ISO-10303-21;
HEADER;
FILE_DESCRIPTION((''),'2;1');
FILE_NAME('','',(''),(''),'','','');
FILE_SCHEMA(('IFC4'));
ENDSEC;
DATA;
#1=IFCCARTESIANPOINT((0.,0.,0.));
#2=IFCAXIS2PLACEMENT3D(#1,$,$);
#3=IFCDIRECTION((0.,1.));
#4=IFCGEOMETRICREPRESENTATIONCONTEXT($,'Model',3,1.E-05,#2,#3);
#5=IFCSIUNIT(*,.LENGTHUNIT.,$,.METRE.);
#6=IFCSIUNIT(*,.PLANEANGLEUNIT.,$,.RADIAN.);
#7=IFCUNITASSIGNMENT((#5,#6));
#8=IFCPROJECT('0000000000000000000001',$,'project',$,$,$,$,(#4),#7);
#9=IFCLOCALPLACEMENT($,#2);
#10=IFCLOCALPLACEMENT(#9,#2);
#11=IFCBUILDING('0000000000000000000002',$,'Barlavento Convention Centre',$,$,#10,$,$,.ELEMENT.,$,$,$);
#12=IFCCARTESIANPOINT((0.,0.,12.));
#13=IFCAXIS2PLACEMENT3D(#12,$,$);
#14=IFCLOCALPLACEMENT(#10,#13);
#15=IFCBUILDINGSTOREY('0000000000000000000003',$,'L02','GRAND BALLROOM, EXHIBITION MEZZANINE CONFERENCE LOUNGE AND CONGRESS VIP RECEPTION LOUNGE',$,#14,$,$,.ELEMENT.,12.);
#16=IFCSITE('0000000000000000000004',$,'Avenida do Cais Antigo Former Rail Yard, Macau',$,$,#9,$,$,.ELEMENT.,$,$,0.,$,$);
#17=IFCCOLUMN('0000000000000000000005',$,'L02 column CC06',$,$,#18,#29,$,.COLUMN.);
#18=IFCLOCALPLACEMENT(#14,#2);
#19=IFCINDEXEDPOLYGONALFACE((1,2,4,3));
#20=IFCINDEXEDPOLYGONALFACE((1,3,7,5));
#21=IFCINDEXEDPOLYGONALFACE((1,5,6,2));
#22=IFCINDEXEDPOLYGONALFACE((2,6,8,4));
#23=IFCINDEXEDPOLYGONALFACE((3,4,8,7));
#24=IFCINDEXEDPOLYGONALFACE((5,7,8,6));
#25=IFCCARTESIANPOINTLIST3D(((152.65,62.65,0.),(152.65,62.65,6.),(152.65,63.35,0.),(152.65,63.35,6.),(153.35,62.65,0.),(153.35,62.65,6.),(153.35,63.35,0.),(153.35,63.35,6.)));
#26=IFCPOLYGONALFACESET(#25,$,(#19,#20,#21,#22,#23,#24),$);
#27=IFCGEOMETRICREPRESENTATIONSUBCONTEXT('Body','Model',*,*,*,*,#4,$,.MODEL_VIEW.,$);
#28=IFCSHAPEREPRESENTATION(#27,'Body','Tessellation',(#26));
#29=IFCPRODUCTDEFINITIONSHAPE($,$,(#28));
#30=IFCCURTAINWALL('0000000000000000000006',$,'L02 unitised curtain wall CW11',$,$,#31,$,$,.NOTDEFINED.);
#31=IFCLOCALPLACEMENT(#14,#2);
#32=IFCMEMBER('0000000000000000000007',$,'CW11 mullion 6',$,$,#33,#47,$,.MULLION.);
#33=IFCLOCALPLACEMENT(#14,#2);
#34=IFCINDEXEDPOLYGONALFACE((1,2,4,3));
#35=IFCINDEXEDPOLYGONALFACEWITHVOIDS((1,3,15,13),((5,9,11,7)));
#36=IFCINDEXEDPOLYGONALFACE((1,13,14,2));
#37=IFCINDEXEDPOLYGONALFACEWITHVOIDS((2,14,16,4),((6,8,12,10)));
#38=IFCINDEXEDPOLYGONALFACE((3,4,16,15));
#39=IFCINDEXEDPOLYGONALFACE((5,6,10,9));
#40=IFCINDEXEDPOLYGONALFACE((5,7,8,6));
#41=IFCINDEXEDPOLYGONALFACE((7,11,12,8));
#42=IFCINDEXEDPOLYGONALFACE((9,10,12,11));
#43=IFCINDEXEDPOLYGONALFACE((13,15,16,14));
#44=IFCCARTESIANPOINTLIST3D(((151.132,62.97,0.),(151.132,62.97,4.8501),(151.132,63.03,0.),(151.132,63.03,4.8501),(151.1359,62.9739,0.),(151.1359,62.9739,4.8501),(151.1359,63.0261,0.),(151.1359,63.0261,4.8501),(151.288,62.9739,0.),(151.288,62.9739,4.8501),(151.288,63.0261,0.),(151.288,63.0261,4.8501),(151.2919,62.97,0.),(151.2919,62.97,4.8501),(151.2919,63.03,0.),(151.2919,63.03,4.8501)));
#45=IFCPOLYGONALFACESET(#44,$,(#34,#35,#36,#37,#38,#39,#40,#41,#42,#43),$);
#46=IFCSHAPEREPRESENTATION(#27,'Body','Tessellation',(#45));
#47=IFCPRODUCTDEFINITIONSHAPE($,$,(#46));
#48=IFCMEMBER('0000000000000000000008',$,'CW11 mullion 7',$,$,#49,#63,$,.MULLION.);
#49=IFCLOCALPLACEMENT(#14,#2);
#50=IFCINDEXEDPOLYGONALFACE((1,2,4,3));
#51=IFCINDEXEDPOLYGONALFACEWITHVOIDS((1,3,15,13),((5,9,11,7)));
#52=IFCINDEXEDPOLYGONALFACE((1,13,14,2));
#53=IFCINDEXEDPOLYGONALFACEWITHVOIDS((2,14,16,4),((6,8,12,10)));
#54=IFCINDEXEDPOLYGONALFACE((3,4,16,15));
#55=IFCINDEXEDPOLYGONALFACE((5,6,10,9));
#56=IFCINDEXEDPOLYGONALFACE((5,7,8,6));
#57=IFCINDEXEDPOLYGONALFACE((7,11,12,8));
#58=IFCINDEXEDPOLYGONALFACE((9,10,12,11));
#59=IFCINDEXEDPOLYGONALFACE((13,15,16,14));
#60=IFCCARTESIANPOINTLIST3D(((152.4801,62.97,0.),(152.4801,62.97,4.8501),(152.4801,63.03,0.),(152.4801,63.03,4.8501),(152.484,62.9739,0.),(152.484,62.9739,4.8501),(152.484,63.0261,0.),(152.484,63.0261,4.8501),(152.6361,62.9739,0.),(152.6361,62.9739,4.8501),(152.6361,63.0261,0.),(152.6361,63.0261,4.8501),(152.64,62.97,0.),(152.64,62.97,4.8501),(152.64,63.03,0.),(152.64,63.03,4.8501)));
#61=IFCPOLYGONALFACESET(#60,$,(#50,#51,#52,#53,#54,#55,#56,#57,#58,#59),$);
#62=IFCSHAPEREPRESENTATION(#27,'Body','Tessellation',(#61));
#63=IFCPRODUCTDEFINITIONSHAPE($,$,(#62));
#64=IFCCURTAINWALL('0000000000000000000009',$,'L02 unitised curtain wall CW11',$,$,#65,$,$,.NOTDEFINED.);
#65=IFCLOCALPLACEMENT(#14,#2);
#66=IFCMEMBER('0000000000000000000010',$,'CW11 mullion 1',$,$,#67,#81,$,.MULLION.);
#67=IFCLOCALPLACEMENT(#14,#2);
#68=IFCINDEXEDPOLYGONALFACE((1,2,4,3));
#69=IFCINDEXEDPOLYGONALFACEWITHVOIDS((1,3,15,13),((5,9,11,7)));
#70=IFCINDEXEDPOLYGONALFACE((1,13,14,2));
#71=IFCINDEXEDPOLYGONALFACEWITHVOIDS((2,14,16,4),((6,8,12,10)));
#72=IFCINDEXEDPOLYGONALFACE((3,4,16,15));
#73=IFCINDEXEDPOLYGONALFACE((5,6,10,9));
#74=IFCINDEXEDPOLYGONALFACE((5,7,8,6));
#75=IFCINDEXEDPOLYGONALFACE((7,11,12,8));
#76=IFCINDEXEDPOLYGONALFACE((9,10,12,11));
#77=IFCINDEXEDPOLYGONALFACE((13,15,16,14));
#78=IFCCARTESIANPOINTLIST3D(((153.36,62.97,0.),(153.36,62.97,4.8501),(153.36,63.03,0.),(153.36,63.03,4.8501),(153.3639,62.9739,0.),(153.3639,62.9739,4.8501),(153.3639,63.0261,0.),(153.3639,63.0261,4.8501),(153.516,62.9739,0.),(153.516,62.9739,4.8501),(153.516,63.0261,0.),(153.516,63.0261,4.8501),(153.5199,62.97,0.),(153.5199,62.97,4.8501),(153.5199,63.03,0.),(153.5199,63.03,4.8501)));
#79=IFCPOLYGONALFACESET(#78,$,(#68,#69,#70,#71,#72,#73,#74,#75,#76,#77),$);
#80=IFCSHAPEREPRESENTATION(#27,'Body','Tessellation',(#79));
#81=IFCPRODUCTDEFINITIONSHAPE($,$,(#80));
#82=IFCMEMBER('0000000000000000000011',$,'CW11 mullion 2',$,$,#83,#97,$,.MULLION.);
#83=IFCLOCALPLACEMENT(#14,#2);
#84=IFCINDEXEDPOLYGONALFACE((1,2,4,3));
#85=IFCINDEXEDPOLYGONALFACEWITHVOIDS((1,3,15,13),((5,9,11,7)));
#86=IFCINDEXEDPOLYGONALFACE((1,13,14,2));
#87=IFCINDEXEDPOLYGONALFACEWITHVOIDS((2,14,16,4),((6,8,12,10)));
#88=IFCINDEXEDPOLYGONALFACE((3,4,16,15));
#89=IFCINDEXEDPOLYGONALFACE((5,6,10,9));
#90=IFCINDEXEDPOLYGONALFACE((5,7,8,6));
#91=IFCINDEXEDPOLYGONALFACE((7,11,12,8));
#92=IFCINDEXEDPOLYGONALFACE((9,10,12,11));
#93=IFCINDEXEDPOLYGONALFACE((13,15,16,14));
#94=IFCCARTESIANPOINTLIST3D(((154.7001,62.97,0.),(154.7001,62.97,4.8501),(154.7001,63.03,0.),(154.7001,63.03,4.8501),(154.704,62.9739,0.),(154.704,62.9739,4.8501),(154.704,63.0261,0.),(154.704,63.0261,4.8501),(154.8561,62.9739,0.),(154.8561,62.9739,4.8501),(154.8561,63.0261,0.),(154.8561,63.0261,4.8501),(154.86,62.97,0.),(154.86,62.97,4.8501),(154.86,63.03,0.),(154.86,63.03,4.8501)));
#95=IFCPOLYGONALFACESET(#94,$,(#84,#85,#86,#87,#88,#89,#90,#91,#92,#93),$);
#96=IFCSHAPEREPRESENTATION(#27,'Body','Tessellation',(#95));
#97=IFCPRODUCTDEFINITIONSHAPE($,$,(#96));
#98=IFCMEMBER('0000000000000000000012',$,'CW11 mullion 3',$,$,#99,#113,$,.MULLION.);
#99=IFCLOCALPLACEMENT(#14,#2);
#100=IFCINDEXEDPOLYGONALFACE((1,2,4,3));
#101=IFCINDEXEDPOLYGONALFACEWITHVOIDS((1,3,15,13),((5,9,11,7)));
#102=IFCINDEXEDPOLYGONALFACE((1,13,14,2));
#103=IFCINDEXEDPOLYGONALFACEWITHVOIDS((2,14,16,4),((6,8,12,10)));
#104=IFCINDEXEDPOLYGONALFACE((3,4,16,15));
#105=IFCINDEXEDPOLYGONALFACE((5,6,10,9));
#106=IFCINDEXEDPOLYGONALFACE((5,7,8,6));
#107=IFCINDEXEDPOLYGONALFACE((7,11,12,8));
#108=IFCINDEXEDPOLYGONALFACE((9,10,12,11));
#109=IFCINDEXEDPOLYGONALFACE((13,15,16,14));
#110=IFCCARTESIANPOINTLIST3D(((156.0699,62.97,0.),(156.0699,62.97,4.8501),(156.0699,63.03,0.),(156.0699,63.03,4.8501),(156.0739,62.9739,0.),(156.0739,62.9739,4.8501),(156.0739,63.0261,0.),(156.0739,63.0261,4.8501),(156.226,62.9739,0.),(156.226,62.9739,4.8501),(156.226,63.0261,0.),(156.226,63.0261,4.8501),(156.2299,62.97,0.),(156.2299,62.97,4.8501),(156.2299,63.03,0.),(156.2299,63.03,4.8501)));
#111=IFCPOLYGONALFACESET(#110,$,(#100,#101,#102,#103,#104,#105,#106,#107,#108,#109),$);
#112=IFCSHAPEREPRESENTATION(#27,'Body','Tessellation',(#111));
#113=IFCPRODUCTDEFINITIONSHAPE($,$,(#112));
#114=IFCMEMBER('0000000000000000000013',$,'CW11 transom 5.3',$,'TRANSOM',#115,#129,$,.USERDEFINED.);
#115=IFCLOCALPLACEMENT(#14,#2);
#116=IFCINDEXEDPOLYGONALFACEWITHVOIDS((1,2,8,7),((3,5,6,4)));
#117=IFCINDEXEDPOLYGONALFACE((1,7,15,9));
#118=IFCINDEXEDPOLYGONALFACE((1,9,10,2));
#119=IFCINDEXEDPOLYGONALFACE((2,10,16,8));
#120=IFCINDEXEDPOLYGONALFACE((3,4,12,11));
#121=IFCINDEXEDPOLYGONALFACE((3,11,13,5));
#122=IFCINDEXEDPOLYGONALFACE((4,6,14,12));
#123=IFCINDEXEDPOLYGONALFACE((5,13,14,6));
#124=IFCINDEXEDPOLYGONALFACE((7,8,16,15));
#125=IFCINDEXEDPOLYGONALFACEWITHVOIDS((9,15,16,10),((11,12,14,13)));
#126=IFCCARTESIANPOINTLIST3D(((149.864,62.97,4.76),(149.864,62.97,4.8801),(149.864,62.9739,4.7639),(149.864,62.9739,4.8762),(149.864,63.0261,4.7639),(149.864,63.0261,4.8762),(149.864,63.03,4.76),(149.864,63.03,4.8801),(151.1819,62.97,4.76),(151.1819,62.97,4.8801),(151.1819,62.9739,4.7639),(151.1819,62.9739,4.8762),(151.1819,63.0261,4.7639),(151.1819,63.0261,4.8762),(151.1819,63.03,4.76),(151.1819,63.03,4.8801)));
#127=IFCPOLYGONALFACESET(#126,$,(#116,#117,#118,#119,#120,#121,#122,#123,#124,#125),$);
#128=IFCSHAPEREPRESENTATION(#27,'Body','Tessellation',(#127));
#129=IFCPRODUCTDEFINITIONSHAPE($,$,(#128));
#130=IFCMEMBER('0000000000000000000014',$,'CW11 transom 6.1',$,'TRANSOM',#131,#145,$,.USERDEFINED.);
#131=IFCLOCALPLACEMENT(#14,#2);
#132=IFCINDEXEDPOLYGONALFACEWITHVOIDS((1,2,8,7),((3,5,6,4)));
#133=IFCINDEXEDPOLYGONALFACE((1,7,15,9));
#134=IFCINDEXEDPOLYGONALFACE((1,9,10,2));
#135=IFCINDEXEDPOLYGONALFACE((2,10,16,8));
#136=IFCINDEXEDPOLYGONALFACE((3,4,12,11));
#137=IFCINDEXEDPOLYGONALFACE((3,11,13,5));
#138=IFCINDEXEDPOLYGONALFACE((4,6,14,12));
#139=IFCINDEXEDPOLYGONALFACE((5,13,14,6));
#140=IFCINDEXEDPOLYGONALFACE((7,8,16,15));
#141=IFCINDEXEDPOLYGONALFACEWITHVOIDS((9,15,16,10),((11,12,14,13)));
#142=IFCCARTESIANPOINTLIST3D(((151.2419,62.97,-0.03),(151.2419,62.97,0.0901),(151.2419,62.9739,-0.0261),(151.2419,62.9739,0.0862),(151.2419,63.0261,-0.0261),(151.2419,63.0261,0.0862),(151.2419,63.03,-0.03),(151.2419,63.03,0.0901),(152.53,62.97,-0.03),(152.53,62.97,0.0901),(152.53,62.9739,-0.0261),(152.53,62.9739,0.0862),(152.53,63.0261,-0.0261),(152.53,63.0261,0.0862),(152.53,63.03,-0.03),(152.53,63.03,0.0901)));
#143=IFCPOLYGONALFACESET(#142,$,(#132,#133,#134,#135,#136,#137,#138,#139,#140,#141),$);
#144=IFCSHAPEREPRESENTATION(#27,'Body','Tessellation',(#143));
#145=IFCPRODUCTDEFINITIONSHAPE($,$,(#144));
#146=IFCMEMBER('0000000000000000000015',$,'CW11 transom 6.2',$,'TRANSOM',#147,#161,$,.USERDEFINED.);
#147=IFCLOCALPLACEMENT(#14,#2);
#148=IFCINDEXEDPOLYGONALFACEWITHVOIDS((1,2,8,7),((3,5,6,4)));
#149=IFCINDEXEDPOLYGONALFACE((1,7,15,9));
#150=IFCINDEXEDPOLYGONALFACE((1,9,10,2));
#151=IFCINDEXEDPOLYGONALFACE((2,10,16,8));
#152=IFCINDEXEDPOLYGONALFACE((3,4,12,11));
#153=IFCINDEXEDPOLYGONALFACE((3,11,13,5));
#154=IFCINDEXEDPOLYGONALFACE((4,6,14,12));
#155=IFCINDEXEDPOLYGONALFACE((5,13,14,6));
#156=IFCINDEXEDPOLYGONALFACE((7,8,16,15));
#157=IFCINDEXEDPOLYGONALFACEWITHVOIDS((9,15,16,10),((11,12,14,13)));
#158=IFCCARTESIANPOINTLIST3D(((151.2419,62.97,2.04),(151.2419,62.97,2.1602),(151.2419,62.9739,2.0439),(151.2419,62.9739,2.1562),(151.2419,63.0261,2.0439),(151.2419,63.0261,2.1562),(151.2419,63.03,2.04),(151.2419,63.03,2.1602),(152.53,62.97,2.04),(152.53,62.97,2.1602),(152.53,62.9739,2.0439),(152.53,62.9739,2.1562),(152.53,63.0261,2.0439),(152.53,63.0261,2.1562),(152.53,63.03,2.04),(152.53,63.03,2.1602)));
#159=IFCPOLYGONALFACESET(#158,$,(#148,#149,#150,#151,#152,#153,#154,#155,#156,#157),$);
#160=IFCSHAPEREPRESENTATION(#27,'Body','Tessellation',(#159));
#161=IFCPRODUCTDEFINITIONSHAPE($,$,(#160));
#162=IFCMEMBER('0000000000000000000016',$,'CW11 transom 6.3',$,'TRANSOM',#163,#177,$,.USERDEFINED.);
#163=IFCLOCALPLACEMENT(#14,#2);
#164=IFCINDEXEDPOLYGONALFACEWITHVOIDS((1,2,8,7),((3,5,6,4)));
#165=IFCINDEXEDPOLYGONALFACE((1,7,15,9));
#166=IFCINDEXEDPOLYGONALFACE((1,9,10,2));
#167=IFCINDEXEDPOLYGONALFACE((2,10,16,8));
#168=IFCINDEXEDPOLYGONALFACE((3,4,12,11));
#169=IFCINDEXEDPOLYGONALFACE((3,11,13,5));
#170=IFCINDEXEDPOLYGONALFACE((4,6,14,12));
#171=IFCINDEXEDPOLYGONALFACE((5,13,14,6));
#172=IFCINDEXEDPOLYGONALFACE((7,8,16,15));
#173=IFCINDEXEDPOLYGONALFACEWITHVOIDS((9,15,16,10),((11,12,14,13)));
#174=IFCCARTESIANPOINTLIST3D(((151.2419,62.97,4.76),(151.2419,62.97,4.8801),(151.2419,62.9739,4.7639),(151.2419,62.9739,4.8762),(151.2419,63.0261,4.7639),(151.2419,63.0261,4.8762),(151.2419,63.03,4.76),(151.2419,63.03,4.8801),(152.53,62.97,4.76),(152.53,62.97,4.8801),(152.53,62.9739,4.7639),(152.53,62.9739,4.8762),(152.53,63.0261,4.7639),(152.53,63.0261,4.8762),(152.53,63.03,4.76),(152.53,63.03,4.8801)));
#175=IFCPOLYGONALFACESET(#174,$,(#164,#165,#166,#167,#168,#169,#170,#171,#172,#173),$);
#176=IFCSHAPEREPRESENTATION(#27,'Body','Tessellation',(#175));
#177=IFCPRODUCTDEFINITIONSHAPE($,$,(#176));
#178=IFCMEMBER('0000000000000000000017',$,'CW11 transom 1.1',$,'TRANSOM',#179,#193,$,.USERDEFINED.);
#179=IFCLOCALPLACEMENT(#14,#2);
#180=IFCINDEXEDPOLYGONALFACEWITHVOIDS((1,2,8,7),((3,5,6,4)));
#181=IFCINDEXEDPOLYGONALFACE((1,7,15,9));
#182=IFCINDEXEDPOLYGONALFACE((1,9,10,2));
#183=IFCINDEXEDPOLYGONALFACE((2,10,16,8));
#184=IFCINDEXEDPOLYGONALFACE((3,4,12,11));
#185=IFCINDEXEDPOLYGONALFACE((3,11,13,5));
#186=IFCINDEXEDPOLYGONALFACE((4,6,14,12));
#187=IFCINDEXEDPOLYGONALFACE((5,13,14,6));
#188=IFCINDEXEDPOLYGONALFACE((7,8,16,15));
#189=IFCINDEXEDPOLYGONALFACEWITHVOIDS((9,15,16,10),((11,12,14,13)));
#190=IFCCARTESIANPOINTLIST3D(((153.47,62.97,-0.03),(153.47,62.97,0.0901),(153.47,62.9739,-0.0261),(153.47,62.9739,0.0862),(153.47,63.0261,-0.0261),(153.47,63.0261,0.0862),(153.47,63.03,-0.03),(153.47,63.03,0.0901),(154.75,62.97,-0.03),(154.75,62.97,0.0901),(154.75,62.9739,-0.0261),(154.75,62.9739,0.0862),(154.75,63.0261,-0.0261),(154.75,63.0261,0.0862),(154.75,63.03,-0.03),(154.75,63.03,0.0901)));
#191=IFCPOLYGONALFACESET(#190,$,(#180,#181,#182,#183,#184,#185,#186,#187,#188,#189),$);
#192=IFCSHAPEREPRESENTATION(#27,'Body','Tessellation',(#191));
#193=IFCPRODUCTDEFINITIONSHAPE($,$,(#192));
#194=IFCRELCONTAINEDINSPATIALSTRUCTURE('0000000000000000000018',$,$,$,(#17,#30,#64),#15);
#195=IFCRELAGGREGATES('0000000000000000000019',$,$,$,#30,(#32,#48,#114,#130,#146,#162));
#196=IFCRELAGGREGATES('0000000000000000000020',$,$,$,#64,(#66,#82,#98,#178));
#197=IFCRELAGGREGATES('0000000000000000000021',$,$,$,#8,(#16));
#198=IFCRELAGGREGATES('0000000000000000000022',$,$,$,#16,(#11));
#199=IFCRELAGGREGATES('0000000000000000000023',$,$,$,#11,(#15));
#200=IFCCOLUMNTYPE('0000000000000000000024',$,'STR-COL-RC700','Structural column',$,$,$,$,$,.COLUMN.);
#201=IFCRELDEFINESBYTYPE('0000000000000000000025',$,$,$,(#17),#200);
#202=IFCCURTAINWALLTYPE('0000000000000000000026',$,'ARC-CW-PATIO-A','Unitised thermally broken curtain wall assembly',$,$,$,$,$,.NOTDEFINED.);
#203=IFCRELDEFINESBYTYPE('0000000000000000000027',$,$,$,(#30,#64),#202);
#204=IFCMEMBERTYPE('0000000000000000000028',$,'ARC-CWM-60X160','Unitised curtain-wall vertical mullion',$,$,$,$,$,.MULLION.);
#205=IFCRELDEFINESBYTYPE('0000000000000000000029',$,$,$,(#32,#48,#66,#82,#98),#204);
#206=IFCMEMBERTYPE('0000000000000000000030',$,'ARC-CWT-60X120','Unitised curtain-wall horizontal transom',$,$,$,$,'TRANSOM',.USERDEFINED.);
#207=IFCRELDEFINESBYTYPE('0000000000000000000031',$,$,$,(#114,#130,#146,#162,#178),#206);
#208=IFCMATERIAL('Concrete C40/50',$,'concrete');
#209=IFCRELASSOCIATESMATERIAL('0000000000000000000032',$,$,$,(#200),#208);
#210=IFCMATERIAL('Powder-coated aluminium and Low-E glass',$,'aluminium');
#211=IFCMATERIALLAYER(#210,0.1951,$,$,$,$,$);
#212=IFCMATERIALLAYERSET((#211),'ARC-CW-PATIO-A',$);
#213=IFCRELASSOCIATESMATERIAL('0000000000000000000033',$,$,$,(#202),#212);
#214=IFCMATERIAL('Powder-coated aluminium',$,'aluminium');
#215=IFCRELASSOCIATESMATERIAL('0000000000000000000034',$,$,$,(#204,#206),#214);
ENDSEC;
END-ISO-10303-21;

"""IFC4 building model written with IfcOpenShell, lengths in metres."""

from ifc_helpers import new_model, si_unit, direction, frame, origin, origin_2d, place, context, subcontext, project, spatial, rectangle, hollow_rectangle, extrude, material, layer, layer_set, material_profile, profile_set, type_object, element, aggregate, save


model = new_model("IFC4")

# Units and contexts
model_context = context("Model", 3, precision=1e-05, world=origin(), true_north=direction((0.0, 1.0)))
body_context = subcontext(model_context, "Body", "Model", "MODEL_VIEW")
ifc_project = project(units=[si_unit("LENGTHUNIT", "METRE"), si_unit("PLANEANGLEUNIT", "RADIAN")], contexts=[model_context])

# Site, building, storey
site_placement = place(None, origin())
site = spatial("IfcSite", under=ifc_project, at=site_placement, Name="Avenida do Cais Antigo Former Rail Yard, Macau", CompositionType="ELEMENT", RefElevation=0.0)
building_placement = place(site_placement, origin())
building = spatial("IfcBuilding", under=site, at=building_placement, Name="Barlavento Convention Centre", CompositionType="ELEMENT")
storey_placement = place(building_placement, frame((0.0, 0.0, 12.0)))
storey = spatial("IfcBuildingStorey", under=building, at=storey_placement, Name="L02", Description="GRAND BALLROOM, EXHIBITION MEZZANINE CONFERENCE LOUNGE AND CONGRESS VIP RECEPTION LOUNGE", CompositionType="ELEMENT", Elevation=12.0)

# Column
ifc_material_1 = material(Name="Concrete C40/50", Category="concrete")
ifc_material_profile_1 = material_profile(ifc_material_1, rectangle(XDim=0.7, YDim=0.7, at=origin_2d()), Name="RC 700x700")
ifc_profile_set_1 = profile_set([ifc_material_profile_1], Name="Concrete C40/50")
column_type = type_object("IfcColumnType", Name="STR-COL-RC700", Description="Structural column", PredefinedType="COLUMN", material=ifc_profile_set_1)
column_placement = place(storey_placement, frame((153.0, 63.0, 0.0), z_axis=(0.0, 0.0, 1.0), x_axis=(1.0, 0.0, 0.0)))
element("IfcColumn", 1, at=column_placement, inside=storey, type_object=column_type, Name="L02 column CC06", PredefinedType="COLUMN", context=body_context, shape_type="SweptSolid", body=[
    extrude(rectangle(XDim=0.7, YDim=0.7, at=origin_2d()), origin(), (0.0, 0.0, 1.0), 6.0),
])

# Curtain walls, members
ifc_material_2 = material(Name="Powder-coated aluminium and Low-E glass", Category="aluminium")
ifc_layer_1 = layer(ifc_material_2, 0.1951)
ifc_layer_set_1 = layer_set([ifc_layer_1], Name="ARC-CW-PATIO-A")
curtain_wall_type = type_object("IfcCurtainWallType", Name="ARC-CW-PATIO-A", Description="Unitised thermally broken curtain wall assembly", PredefinedType="NOTDEFINED", material=ifc_layer_set_1)
curtain_wall_1_placement = place(storey_placement, origin())
curtain_wall_1 = element("IfcCurtainWall", 2, at=curtain_wall_1_placement, inside=storey, type_object=curtain_wall_type, Name="L02 unitised curtain wall CW11", PredefinedType="NOTDEFINED")
ifc_material_3 = material(Name="Powder-coated aluminium", Category="aluminium")
ifc_material_profile_2 = material_profile(ifc_material_3, hollow_rectangle(XDim=0.0601, YDim=0.1599, WallThickness=0.0039, at=origin_2d()), Name="AL-MULL 60x160x4")
ifc_profile_set_2 = profile_set([ifc_material_profile_2], Name="Powder-coated aluminium")
member_type_1 = type_object("IfcMemberType", Name="ARC-CWM-60X160", Description="Unitised curtain-wall vertical mullion", PredefinedType="MULLION", material=ifc_profile_set_2)
member_1_placement = place(storey_placement, frame((151.2119, 63.0, 0.0), z_axis=(0.0, 0.0, 1.0), x_axis=(0.0, 1.0, 0.0)))
member_1 = element("IfcMember", 3, at=member_1_placement, type_object=member_type_1, Name="CW11 mullion 6", PredefinedType="MULLION", context=body_context, shape_type="SweptSolid", body=[
    extrude(hollow_rectangle(XDim=0.0601, YDim=0.1599, WallThickness=0.0039, at=origin_2d()), origin(), (0.0, 0.0, 1.0), 4.8501),
])
member_2_placement = place(storey_placement, frame((152.5601, 63.0, 0.0), z_axis=(0.0, 0.0, 1.0), x_axis=(0.0, 1.0, 0.0)))
member_2 = element("IfcMember", 4, at=member_2_placement, type_object=member_type_1, Name="CW11 mullion 7", PredefinedType="MULLION", context=body_context, shape_type="SweptSolid", body=[
    extrude(hollow_rectangle(XDim=0.0601, YDim=0.1599, WallThickness=0.0039, at=origin_2d()), origin(), (0.0, 0.0, 1.0), 4.8501),
])
curtain_wall_2_placement = place(storey_placement, origin())
curtain_wall_2 = element("IfcCurtainWall", 5, at=curtain_wall_2_placement, inside=storey, type_object=curtain_wall_type, Name="L02 unitised curtain wall CW11", PredefinedType="NOTDEFINED")
member_3_placement = place(storey_placement, frame((153.4399, 63.0, 0.0), z_axis=(0.0, 0.0, 1.0), x_axis=(0.0, 1.0, 0.0)))
member_3 = element("IfcMember", 6, at=member_3_placement, type_object=member_type_1, Name="CW11 mullion 1", PredefinedType="MULLION", context=body_context, shape_type="SweptSolid", body=[
    extrude(hollow_rectangle(XDim=0.0601, YDim=0.1599, WallThickness=0.0039, at=origin_2d()), origin(), (0.0, 0.0, 1.0), 4.8501),
])
member_4_placement = place(storey_placement, frame((154.78, 63.0, 0.0), z_axis=(0.0, 0.0, 1.0), x_axis=(0.0, 1.0, 0.0)))
member_4 = element("IfcMember", 7, at=member_4_placement, type_object=member_type_1, Name="CW11 mullion 2", PredefinedType="MULLION", context=body_context, shape_type="SweptSolid", body=[
    extrude(hollow_rectangle(XDim=0.0601, YDim=0.1599, WallThickness=0.0039, at=origin_2d()), origin(), (0.0, 0.0, 1.0), 4.8501),
])
member_5_placement = place(storey_placement, frame((156.1499, 63.0, 0.0), z_axis=(0.0, 0.0, 1.0), x_axis=(0.0, 1.0, 0.0)))
member_5 = element("IfcMember", 8, at=member_5_placement, type_object=member_type_1, Name="CW11 mullion 3", PredefinedType="MULLION", context=body_context, shape_type="SweptSolid", body=[
    extrude(hollow_rectangle(XDim=0.0601, YDim=0.1599, WallThickness=0.0039, at=origin_2d()), origin(), (0.0, 0.0, 1.0), 4.8501),
])

# Members
ifc_material_profile_3 = material_profile(ifc_material_3, hollow_rectangle(XDim=0.0601, YDim=0.1201, WallThickness=0.0039, at=origin_2d()), Name="AL-TRAN 60x120x4")
ifc_profile_set_3 = profile_set([ifc_material_profile_3], Name="Powder-coated aluminium")
member_type_2 = type_object("IfcMemberType", Name="ARC-CWT-60X120", Description="Unitised curtain-wall horizontal transom", ElementType="TRANSOM", PredefinedType="USERDEFINED", material=ifc_profile_set_3)
member_6_placement = place(storey_placement, frame((149.864, 63.0, 4.8201), z_axis=(1.0, 0.0, 0.0), x_axis=(0.0, 1.0, 0.0)))
member_6 = element("IfcMember", 9, at=member_6_placement, type_object=member_type_2, Name="CW11 transom 5.3", ObjectType="TRANSOM", PredefinedType="USERDEFINED", context=body_context, shape_type="SweptSolid", body=[
    extrude(hollow_rectangle(XDim=0.0601, YDim=0.1201, WallThickness=0.0039, at=origin_2d()), origin(), (0.0, 0.0, 1.0), 1.3179),
])
member_7_placement = place(storey_placement, frame((151.2419, 63.0, 0.03), z_axis=(1.0, 0.0, 0.0), x_axis=(0.0, 1.0, 0.0)))
member_7 = element("IfcMember", 10, at=member_7_placement, type_object=member_type_2, Name="CW11 transom 6.1", ObjectType="TRANSOM", PredefinedType="USERDEFINED", context=body_context, shape_type="SweptSolid", body=[
    extrude(hollow_rectangle(XDim=0.0601, YDim=0.1201, WallThickness=0.0039, at=origin_2d()), origin(), (0.0, 0.0, 1.0), 1.2881),
])
member_8_placement = place(storey_placement, frame((151.2419, 63.0, 2.1001), z_axis=(1.0, 0.0, 0.0), x_axis=(0.0, 1.0, 0.0)))
member_8 = element("IfcMember", 11, at=member_8_placement, type_object=member_type_2, Name="CW11 transom 6.2", ObjectType="TRANSOM", PredefinedType="USERDEFINED", context=body_context, shape_type="SweptSolid", body=[
    extrude(hollow_rectangle(XDim=0.0601, YDim=0.1201, WallThickness=0.0039, at=origin_2d()), origin(), (0.0, 0.0, 1.0), 1.2881),
])
member_9_placement = place(storey_placement, frame((151.2419, 63.0, 4.8201), z_axis=(1.0, 0.0, 0.0), x_axis=(0.0, 1.0, 0.0)))
member_9 = element("IfcMember", 12, at=member_9_placement, type_object=member_type_2, Name="CW11 transom 6.3", ObjectType="TRANSOM", PredefinedType="USERDEFINED", context=body_context, shape_type="SweptSolid", body=[
    extrude(hollow_rectangle(XDim=0.0601, YDim=0.1201, WallThickness=0.0039, at=origin_2d()), origin(), (0.0, 0.0, 1.0), 1.2881),
])
member_10_placement = place(storey_placement, frame((153.47, 63.0, 0.03), z_axis=(1.0, 0.0, 0.0), x_axis=(0.0, 1.0, 0.0)))
member_10 = element("IfcMember", 13, at=member_10_placement, type_object=member_type_2, Name="CW11 transom 1.1", ObjectType="TRANSOM", PredefinedType="USERDEFINED", context=body_context, shape_type="SweptSolid", body=[
    extrude(hollow_rectangle(XDim=0.0601, YDim=0.1201, WallThickness=0.0039, at=origin_2d()), origin(), (0.0, 0.0, 1.0), 1.28),
])

aggregate(curtain_wall_1, [member_1, member_2, member_6, member_7, member_8, member_9])
aggregate(curtain_wall_2, [member_3, member_4, member_5, member_10])

save(model, "model.ifc")
